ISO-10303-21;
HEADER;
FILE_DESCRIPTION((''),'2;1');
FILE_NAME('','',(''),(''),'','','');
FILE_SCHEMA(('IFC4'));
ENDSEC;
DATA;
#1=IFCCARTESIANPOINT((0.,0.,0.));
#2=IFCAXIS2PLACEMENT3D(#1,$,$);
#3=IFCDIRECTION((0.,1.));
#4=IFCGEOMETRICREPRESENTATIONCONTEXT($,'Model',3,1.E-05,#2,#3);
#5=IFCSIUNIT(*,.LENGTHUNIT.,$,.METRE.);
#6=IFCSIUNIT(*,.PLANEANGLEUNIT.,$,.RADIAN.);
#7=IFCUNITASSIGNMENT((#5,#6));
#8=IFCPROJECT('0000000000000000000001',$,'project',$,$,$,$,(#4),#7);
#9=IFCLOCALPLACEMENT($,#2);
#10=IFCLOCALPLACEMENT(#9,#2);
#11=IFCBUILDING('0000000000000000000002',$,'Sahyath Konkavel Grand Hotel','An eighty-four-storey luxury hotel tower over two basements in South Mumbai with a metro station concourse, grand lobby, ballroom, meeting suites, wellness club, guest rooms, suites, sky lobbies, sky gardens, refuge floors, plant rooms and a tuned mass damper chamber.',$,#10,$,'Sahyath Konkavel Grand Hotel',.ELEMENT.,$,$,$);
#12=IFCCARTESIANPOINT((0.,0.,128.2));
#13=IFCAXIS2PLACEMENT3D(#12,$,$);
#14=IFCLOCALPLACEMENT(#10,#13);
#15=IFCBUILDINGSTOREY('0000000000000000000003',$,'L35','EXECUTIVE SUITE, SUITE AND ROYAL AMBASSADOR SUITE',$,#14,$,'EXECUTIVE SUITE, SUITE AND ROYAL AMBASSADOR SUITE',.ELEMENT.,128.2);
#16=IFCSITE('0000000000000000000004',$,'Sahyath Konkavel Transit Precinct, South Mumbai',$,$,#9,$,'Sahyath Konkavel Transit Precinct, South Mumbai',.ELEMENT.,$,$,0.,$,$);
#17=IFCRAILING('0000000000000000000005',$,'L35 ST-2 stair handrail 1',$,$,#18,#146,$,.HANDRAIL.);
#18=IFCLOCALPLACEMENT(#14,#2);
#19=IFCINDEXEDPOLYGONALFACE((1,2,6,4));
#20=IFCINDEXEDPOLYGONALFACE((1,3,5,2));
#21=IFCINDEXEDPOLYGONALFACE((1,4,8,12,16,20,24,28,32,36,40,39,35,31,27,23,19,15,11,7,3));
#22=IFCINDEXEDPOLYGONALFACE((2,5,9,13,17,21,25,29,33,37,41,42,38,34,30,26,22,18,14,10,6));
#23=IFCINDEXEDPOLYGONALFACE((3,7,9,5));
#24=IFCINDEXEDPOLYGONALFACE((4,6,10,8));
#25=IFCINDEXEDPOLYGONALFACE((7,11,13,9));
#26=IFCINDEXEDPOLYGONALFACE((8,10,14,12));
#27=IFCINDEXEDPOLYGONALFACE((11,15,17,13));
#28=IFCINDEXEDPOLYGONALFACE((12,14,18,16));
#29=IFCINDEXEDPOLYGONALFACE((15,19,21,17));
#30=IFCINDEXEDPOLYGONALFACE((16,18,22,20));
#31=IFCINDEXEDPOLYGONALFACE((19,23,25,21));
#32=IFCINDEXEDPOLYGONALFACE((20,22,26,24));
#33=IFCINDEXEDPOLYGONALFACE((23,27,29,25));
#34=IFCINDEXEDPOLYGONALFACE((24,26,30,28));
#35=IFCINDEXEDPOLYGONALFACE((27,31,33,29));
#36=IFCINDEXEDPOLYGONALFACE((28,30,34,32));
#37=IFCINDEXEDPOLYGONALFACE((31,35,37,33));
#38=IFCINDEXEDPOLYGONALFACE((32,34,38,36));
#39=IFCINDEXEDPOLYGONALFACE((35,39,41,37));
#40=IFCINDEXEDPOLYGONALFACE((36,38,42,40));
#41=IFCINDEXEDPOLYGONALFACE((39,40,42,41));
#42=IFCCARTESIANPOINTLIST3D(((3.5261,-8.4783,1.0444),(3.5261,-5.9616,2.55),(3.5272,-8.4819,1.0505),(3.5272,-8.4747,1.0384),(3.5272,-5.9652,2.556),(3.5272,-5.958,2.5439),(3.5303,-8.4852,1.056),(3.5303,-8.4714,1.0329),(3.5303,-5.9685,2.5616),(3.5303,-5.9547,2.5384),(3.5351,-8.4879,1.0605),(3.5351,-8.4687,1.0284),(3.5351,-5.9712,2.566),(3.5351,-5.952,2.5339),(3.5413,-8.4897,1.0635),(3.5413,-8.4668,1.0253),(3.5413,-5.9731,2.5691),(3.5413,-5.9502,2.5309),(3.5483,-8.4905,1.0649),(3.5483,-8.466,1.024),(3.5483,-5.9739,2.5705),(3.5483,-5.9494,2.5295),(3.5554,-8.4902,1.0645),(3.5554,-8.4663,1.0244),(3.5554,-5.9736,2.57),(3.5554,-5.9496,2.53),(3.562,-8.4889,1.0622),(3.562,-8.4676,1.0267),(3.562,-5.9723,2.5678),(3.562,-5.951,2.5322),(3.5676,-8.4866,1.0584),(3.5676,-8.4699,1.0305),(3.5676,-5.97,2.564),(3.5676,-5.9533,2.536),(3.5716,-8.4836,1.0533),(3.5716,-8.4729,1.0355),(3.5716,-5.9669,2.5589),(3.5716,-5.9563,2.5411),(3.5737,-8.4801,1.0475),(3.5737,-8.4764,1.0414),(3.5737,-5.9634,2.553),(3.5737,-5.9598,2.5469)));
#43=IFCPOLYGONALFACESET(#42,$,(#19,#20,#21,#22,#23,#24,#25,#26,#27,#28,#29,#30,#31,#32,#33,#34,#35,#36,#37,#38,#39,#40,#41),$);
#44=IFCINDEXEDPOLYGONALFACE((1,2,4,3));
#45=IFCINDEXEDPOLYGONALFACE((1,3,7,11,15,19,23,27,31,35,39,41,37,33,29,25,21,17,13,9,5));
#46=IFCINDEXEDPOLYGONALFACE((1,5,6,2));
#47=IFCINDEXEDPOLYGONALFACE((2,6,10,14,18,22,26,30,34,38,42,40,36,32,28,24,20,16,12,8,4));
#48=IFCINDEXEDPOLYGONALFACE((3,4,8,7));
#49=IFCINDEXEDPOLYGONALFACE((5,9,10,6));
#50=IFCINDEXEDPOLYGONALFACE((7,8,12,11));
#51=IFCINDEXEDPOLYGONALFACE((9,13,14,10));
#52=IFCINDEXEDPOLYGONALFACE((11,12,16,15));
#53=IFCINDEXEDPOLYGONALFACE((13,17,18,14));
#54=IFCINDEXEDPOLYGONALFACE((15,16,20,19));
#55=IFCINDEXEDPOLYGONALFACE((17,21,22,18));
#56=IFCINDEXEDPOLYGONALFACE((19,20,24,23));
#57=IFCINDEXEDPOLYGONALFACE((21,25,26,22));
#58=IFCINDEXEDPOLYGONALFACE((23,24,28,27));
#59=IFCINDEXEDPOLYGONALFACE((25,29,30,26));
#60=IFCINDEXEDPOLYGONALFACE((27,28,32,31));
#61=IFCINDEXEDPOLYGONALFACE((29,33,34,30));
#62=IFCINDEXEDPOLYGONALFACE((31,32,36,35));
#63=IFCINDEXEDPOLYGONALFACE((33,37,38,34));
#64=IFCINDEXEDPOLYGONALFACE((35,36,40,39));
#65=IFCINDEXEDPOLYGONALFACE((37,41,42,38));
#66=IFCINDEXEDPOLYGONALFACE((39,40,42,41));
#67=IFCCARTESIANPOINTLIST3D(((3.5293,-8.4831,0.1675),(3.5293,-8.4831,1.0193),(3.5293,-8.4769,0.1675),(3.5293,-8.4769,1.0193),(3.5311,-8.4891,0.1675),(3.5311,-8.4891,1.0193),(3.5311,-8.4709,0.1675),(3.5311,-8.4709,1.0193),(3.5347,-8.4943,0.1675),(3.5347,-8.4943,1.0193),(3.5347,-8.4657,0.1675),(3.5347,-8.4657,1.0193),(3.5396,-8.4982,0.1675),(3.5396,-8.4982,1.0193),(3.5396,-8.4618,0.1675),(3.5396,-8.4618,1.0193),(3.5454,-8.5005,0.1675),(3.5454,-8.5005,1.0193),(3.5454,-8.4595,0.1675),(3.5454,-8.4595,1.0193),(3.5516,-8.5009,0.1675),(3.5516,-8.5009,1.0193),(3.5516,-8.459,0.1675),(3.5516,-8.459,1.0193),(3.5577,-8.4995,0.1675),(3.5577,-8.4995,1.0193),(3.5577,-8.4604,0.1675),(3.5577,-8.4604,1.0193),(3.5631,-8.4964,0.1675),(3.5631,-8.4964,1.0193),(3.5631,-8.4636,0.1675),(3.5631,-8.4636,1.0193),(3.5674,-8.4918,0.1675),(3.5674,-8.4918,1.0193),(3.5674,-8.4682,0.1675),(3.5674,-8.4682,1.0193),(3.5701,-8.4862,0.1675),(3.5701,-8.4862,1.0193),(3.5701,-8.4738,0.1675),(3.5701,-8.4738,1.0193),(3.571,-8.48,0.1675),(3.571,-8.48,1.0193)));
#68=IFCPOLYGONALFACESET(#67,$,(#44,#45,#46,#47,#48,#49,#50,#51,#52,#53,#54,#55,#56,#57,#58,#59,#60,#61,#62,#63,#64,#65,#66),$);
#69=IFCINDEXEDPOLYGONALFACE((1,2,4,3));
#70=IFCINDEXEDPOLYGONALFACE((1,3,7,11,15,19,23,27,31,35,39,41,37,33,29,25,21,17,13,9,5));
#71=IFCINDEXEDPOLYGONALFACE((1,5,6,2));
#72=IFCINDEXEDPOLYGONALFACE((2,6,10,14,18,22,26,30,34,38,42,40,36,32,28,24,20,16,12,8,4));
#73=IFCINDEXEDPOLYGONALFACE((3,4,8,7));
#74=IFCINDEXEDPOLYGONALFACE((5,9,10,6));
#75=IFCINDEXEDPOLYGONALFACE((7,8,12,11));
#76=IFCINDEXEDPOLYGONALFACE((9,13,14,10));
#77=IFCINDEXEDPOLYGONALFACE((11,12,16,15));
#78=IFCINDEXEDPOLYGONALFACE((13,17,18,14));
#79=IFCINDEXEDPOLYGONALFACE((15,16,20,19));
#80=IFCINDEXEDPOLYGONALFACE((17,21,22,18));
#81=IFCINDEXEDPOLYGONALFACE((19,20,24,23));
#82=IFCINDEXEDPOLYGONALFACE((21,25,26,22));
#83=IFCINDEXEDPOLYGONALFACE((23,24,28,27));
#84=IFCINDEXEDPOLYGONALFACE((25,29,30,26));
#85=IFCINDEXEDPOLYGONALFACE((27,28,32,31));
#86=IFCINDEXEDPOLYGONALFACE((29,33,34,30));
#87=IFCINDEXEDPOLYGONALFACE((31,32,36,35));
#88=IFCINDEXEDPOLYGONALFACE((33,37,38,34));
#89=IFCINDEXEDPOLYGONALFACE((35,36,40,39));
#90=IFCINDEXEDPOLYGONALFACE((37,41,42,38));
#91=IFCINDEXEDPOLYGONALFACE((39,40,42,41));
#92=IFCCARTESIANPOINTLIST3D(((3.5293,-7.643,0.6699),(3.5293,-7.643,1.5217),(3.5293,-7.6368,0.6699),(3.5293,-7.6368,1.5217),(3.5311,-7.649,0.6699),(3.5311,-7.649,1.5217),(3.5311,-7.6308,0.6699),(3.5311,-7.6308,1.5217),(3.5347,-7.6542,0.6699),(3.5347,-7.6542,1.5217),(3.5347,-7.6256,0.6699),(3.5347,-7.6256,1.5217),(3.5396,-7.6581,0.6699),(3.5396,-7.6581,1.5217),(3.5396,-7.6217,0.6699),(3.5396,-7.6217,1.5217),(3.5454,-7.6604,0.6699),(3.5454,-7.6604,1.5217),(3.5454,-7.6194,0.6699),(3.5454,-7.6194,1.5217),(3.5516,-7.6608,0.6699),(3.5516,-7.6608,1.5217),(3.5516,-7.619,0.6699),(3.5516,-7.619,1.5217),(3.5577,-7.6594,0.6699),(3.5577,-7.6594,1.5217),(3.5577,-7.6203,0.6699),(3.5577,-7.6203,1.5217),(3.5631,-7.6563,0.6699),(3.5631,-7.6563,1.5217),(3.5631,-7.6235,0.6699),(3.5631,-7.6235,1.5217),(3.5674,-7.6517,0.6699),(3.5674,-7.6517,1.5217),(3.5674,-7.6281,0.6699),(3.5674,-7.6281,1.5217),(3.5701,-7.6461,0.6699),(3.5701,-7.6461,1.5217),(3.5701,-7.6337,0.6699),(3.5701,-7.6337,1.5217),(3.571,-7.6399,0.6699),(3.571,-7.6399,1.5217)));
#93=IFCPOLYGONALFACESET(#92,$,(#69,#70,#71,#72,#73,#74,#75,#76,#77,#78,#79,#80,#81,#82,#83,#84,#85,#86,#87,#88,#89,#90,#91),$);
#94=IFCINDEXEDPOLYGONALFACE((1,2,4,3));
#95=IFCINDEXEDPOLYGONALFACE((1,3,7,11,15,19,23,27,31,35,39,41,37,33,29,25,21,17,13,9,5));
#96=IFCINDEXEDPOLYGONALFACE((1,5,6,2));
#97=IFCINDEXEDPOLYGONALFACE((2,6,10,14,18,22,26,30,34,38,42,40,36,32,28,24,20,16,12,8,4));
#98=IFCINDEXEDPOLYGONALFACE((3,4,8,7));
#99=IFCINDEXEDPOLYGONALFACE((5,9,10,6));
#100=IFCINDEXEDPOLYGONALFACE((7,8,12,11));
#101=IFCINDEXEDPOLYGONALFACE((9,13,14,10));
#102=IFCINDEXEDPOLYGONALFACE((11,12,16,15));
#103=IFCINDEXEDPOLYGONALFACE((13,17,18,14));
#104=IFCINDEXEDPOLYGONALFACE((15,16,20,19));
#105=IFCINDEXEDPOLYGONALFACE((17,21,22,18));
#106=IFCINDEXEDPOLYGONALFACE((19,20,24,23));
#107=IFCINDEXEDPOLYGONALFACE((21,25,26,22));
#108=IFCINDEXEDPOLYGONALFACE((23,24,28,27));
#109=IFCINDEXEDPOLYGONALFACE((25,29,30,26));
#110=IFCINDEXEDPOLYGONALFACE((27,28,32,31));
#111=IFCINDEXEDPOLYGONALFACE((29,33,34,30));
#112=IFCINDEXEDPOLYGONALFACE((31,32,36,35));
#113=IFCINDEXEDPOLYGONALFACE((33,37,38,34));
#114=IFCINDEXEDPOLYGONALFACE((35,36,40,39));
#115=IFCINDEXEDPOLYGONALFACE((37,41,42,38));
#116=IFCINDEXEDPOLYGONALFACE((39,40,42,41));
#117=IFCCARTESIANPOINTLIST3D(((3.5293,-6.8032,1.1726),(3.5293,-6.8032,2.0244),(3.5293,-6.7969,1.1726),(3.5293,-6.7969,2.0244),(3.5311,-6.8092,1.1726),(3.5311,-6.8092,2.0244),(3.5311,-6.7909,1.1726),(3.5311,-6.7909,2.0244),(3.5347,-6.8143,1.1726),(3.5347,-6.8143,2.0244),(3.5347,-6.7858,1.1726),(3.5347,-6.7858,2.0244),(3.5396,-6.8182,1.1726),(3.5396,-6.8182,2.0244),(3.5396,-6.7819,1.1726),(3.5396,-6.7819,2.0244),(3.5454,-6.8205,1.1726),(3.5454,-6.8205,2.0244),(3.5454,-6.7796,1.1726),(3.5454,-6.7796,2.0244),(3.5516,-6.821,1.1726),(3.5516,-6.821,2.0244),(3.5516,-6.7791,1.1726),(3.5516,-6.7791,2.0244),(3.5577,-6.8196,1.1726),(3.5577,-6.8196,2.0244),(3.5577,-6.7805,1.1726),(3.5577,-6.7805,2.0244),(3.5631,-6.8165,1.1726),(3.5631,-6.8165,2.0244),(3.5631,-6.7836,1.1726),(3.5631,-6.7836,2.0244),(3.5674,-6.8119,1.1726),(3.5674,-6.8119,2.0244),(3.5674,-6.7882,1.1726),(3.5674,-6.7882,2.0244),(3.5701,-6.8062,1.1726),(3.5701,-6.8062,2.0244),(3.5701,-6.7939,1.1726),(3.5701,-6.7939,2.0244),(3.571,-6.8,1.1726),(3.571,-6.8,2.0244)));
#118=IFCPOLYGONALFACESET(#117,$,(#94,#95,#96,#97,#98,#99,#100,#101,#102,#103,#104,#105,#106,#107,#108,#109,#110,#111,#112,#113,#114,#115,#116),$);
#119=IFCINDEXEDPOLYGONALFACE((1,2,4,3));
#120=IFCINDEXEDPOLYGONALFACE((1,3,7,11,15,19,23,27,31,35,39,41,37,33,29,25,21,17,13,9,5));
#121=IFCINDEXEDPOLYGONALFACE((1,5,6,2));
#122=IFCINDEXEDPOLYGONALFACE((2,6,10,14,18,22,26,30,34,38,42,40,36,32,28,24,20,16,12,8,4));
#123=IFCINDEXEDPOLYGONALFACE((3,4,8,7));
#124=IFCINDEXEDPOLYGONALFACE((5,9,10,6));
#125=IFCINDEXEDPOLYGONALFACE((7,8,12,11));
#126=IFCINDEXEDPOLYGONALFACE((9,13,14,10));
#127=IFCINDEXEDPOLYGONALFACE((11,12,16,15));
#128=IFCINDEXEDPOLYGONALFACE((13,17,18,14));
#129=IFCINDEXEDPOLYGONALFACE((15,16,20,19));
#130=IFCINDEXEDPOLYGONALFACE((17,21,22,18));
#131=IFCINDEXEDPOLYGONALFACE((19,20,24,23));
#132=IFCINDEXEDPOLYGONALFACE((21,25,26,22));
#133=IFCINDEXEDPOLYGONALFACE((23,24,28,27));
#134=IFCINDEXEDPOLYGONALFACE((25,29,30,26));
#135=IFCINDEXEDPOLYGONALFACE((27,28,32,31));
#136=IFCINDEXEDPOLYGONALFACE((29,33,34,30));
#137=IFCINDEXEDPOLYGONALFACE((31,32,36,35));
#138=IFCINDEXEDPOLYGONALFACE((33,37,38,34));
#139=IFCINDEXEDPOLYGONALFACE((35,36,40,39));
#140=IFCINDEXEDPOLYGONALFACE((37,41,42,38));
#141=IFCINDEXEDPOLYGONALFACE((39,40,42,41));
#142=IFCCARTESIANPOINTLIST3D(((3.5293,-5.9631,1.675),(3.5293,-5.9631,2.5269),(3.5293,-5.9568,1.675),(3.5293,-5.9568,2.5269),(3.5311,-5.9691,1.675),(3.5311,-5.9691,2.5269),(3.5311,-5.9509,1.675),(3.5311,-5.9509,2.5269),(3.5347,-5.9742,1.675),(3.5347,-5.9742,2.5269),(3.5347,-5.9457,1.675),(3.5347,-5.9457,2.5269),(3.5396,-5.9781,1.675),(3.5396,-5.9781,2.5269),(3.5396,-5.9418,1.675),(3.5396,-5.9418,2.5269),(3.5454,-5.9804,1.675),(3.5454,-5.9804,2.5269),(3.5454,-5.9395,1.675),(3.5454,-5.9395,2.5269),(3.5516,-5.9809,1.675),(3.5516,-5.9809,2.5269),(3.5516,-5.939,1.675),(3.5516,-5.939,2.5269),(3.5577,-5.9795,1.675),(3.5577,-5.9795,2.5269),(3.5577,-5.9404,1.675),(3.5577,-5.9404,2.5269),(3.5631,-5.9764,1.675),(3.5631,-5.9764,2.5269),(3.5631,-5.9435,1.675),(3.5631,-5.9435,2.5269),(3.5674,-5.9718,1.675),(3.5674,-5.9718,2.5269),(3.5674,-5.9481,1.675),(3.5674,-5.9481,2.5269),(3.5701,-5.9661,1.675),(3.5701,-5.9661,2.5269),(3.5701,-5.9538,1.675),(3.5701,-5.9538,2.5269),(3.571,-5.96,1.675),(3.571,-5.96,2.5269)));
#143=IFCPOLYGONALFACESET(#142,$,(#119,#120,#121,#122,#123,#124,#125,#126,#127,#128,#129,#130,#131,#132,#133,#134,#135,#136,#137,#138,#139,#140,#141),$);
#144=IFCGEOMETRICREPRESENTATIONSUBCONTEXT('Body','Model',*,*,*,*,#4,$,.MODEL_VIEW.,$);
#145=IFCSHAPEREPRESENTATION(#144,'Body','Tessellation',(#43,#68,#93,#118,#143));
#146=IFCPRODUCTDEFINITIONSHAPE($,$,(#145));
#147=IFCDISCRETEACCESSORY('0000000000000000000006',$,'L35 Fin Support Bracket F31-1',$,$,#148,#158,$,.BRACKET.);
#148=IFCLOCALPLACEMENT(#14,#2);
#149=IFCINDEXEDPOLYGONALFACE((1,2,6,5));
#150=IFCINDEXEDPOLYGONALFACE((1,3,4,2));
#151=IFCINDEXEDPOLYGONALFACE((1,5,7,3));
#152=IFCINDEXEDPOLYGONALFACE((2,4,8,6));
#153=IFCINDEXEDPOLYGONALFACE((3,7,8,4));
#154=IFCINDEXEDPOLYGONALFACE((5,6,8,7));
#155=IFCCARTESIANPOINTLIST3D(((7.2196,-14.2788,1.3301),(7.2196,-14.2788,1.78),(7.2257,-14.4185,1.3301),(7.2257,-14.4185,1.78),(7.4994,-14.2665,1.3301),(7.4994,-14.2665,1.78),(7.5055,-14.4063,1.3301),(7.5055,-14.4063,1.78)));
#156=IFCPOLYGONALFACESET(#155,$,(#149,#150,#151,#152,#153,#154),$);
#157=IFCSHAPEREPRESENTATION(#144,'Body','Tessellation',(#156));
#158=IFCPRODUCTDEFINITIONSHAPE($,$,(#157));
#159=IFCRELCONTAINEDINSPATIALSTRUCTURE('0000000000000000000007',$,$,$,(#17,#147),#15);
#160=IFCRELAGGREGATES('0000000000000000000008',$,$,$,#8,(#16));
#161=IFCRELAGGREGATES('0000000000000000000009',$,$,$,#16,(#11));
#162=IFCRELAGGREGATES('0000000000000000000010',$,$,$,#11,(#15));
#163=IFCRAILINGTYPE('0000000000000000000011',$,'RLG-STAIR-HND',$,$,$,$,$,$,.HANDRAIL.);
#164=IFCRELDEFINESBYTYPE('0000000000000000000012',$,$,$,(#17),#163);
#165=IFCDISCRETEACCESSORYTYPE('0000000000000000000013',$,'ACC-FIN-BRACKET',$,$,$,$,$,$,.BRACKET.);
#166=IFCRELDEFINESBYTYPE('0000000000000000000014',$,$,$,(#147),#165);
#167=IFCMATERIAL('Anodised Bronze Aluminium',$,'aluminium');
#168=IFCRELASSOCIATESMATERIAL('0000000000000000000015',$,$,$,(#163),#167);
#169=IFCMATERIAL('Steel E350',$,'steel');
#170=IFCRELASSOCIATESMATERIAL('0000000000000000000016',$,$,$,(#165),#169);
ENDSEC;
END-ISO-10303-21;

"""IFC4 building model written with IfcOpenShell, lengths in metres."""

from ifc_helpers import new_model, si_unit, direction, frame, origin, origin_2d, place, context, subcontext, project, spatial, rectangle, circle, extrude, source, transform, mapped, material, type_object, element, save


model = new_model("IFC4")

# Units and contexts
model_context = context("Model", 3, precision=1e-05, world=origin(), true_north=direction((0.0, 1.0)))
body_context = subcontext(model_context, "Body", "Model", "MODEL_VIEW")
ifc_project = project(units=[si_unit("LENGTHUNIT", "METRE"), si_unit("PLANEANGLEUNIT", "RADIAN")], contexts=[model_context])

# Site, building, storey
site_placement = place(None, origin())
site = spatial("IfcSite", under=ifc_project, at=site_placement, Name="Sahyath Konkavel Transit Precinct, South Mumbai", LongName="Sahyath Konkavel Transit Precinct, South Mumbai", CompositionType="ELEMENT", RefElevation=0.0)
building_placement = place(site_placement, origin())
building = spatial("IfcBuilding", under=site, at=building_placement, Name="Sahyath Konkavel Grand Hotel", Description="An eighty-four-storey luxury hotel tower over two basements in South Mumbai with a metro station concourse, grand lobby, ballroom, meeting suites, wellness club, guest rooms, suites, sky lobbies, sky gardens, refuge floors, plant rooms and a tuned mass damper chamber.", LongName="Sahyath Konkavel Grand Hotel", CompositionType="ELEMENT")
storey_placement = place(building_placement, frame((0.0, 0.0, 128.2)))
storey = spatial("IfcBuildingStorey", under=building, at=storey_placement, Name="L35", Description="EXECUTIVE SUITE, SUITE AND ROYAL AMBASSADOR SUITE", LongName="EXECUTIVE SUITE, SUITE AND ROYAL AMBASSADOR SUITE", CompositionType="ELEMENT", Elevation=128.2)

# Shared definitions
ifc_material_1 = material(Name="Steel E350", Category="steel")

# Shared definitions
ifc_material_2 = material(Name="Anodised Bronze Aluminium", Category="aluminium")

# Railing
railing_type_1 = type_object("IfcRailingType", Name="RLG-STAIR-HND", PredefinedType="HANDRAIL", material=ifc_material_2)
railing_1_placement = place(storey_placement, frame((3.55, -8.48, 0.1675)))
element("IfcRailing", 1, at=railing_1_placement, inside=storey, type_object=railing_type_1, Name="L35 ST-2 stair handrail 1", PredefinedType="HANDRAIL", context=body_context, shape_type="SweptSolid", body=[
    extrude(circle(Radius=0.0239, at=origin_2d()), frame((0.0, 0.0017, 0.877), z_axis=(0.0, 0.85816, 0.513383), x_axis=(-1.0, 0.0, 0.0)), (0.0, 0.0, 1.0), 2.9326),
    extrude(circle(Radius=0.021, at=origin_2d()), origin(), (0.0, 0.0, 1.0), 0.8518),
    extrude(circle(Radius=0.021, at=origin_2d()), frame((0.0, 0.8401, 0.5024)), (0.0, 0.0, 1.0), 0.8518),
    extrude(circle(Radius=0.021, at=origin_2d()), frame((0.0, 1.6799, 1.0051)), (0.0, 0.0, 1.0), 0.8518),
    extrude(circle(Radius=0.021, at=origin_2d()), frame((0.0, 2.52, 1.5076)), (0.0, 0.0, 1.0), 0.8518),
])

# Discrete accessory
discrete_accessory_type = type_object("IfcDiscreteAccessoryType", Name="ACC-FIN-BRACKET", PredefinedType="BRACKET", material=ifc_material_1)
shared_shape_1 = source(origin(), body_context, "Body", "SweptSolid", [
    extrude(rectangle(XDim=0.28, YDim=0.1399, at=origin_2d()), origin(), (0.0, 0.0, 1.0), 0.45),
])
discrete_accessory_placement = place(storey_placement, frame((7.3625, -14.3425, 1.3301), z_axis=(0.0, 0.0, 1.0), x_axis=(0.999048, 0.043619, 0.0)))
element("IfcDiscreteAccessory", 2, at=discrete_accessory_placement, inside=storey, type_object=discrete_accessory_type, Name="L35 Fin Support Bracket F31-1", PredefinedType="BRACKET", context=body_context, shape_type="MappedRepresentation", body=[
    mapped(shared_shape_1, transform((0.0, 0.0, 0.0), scale=1.0)),
])

save(model, "model.ifc")
